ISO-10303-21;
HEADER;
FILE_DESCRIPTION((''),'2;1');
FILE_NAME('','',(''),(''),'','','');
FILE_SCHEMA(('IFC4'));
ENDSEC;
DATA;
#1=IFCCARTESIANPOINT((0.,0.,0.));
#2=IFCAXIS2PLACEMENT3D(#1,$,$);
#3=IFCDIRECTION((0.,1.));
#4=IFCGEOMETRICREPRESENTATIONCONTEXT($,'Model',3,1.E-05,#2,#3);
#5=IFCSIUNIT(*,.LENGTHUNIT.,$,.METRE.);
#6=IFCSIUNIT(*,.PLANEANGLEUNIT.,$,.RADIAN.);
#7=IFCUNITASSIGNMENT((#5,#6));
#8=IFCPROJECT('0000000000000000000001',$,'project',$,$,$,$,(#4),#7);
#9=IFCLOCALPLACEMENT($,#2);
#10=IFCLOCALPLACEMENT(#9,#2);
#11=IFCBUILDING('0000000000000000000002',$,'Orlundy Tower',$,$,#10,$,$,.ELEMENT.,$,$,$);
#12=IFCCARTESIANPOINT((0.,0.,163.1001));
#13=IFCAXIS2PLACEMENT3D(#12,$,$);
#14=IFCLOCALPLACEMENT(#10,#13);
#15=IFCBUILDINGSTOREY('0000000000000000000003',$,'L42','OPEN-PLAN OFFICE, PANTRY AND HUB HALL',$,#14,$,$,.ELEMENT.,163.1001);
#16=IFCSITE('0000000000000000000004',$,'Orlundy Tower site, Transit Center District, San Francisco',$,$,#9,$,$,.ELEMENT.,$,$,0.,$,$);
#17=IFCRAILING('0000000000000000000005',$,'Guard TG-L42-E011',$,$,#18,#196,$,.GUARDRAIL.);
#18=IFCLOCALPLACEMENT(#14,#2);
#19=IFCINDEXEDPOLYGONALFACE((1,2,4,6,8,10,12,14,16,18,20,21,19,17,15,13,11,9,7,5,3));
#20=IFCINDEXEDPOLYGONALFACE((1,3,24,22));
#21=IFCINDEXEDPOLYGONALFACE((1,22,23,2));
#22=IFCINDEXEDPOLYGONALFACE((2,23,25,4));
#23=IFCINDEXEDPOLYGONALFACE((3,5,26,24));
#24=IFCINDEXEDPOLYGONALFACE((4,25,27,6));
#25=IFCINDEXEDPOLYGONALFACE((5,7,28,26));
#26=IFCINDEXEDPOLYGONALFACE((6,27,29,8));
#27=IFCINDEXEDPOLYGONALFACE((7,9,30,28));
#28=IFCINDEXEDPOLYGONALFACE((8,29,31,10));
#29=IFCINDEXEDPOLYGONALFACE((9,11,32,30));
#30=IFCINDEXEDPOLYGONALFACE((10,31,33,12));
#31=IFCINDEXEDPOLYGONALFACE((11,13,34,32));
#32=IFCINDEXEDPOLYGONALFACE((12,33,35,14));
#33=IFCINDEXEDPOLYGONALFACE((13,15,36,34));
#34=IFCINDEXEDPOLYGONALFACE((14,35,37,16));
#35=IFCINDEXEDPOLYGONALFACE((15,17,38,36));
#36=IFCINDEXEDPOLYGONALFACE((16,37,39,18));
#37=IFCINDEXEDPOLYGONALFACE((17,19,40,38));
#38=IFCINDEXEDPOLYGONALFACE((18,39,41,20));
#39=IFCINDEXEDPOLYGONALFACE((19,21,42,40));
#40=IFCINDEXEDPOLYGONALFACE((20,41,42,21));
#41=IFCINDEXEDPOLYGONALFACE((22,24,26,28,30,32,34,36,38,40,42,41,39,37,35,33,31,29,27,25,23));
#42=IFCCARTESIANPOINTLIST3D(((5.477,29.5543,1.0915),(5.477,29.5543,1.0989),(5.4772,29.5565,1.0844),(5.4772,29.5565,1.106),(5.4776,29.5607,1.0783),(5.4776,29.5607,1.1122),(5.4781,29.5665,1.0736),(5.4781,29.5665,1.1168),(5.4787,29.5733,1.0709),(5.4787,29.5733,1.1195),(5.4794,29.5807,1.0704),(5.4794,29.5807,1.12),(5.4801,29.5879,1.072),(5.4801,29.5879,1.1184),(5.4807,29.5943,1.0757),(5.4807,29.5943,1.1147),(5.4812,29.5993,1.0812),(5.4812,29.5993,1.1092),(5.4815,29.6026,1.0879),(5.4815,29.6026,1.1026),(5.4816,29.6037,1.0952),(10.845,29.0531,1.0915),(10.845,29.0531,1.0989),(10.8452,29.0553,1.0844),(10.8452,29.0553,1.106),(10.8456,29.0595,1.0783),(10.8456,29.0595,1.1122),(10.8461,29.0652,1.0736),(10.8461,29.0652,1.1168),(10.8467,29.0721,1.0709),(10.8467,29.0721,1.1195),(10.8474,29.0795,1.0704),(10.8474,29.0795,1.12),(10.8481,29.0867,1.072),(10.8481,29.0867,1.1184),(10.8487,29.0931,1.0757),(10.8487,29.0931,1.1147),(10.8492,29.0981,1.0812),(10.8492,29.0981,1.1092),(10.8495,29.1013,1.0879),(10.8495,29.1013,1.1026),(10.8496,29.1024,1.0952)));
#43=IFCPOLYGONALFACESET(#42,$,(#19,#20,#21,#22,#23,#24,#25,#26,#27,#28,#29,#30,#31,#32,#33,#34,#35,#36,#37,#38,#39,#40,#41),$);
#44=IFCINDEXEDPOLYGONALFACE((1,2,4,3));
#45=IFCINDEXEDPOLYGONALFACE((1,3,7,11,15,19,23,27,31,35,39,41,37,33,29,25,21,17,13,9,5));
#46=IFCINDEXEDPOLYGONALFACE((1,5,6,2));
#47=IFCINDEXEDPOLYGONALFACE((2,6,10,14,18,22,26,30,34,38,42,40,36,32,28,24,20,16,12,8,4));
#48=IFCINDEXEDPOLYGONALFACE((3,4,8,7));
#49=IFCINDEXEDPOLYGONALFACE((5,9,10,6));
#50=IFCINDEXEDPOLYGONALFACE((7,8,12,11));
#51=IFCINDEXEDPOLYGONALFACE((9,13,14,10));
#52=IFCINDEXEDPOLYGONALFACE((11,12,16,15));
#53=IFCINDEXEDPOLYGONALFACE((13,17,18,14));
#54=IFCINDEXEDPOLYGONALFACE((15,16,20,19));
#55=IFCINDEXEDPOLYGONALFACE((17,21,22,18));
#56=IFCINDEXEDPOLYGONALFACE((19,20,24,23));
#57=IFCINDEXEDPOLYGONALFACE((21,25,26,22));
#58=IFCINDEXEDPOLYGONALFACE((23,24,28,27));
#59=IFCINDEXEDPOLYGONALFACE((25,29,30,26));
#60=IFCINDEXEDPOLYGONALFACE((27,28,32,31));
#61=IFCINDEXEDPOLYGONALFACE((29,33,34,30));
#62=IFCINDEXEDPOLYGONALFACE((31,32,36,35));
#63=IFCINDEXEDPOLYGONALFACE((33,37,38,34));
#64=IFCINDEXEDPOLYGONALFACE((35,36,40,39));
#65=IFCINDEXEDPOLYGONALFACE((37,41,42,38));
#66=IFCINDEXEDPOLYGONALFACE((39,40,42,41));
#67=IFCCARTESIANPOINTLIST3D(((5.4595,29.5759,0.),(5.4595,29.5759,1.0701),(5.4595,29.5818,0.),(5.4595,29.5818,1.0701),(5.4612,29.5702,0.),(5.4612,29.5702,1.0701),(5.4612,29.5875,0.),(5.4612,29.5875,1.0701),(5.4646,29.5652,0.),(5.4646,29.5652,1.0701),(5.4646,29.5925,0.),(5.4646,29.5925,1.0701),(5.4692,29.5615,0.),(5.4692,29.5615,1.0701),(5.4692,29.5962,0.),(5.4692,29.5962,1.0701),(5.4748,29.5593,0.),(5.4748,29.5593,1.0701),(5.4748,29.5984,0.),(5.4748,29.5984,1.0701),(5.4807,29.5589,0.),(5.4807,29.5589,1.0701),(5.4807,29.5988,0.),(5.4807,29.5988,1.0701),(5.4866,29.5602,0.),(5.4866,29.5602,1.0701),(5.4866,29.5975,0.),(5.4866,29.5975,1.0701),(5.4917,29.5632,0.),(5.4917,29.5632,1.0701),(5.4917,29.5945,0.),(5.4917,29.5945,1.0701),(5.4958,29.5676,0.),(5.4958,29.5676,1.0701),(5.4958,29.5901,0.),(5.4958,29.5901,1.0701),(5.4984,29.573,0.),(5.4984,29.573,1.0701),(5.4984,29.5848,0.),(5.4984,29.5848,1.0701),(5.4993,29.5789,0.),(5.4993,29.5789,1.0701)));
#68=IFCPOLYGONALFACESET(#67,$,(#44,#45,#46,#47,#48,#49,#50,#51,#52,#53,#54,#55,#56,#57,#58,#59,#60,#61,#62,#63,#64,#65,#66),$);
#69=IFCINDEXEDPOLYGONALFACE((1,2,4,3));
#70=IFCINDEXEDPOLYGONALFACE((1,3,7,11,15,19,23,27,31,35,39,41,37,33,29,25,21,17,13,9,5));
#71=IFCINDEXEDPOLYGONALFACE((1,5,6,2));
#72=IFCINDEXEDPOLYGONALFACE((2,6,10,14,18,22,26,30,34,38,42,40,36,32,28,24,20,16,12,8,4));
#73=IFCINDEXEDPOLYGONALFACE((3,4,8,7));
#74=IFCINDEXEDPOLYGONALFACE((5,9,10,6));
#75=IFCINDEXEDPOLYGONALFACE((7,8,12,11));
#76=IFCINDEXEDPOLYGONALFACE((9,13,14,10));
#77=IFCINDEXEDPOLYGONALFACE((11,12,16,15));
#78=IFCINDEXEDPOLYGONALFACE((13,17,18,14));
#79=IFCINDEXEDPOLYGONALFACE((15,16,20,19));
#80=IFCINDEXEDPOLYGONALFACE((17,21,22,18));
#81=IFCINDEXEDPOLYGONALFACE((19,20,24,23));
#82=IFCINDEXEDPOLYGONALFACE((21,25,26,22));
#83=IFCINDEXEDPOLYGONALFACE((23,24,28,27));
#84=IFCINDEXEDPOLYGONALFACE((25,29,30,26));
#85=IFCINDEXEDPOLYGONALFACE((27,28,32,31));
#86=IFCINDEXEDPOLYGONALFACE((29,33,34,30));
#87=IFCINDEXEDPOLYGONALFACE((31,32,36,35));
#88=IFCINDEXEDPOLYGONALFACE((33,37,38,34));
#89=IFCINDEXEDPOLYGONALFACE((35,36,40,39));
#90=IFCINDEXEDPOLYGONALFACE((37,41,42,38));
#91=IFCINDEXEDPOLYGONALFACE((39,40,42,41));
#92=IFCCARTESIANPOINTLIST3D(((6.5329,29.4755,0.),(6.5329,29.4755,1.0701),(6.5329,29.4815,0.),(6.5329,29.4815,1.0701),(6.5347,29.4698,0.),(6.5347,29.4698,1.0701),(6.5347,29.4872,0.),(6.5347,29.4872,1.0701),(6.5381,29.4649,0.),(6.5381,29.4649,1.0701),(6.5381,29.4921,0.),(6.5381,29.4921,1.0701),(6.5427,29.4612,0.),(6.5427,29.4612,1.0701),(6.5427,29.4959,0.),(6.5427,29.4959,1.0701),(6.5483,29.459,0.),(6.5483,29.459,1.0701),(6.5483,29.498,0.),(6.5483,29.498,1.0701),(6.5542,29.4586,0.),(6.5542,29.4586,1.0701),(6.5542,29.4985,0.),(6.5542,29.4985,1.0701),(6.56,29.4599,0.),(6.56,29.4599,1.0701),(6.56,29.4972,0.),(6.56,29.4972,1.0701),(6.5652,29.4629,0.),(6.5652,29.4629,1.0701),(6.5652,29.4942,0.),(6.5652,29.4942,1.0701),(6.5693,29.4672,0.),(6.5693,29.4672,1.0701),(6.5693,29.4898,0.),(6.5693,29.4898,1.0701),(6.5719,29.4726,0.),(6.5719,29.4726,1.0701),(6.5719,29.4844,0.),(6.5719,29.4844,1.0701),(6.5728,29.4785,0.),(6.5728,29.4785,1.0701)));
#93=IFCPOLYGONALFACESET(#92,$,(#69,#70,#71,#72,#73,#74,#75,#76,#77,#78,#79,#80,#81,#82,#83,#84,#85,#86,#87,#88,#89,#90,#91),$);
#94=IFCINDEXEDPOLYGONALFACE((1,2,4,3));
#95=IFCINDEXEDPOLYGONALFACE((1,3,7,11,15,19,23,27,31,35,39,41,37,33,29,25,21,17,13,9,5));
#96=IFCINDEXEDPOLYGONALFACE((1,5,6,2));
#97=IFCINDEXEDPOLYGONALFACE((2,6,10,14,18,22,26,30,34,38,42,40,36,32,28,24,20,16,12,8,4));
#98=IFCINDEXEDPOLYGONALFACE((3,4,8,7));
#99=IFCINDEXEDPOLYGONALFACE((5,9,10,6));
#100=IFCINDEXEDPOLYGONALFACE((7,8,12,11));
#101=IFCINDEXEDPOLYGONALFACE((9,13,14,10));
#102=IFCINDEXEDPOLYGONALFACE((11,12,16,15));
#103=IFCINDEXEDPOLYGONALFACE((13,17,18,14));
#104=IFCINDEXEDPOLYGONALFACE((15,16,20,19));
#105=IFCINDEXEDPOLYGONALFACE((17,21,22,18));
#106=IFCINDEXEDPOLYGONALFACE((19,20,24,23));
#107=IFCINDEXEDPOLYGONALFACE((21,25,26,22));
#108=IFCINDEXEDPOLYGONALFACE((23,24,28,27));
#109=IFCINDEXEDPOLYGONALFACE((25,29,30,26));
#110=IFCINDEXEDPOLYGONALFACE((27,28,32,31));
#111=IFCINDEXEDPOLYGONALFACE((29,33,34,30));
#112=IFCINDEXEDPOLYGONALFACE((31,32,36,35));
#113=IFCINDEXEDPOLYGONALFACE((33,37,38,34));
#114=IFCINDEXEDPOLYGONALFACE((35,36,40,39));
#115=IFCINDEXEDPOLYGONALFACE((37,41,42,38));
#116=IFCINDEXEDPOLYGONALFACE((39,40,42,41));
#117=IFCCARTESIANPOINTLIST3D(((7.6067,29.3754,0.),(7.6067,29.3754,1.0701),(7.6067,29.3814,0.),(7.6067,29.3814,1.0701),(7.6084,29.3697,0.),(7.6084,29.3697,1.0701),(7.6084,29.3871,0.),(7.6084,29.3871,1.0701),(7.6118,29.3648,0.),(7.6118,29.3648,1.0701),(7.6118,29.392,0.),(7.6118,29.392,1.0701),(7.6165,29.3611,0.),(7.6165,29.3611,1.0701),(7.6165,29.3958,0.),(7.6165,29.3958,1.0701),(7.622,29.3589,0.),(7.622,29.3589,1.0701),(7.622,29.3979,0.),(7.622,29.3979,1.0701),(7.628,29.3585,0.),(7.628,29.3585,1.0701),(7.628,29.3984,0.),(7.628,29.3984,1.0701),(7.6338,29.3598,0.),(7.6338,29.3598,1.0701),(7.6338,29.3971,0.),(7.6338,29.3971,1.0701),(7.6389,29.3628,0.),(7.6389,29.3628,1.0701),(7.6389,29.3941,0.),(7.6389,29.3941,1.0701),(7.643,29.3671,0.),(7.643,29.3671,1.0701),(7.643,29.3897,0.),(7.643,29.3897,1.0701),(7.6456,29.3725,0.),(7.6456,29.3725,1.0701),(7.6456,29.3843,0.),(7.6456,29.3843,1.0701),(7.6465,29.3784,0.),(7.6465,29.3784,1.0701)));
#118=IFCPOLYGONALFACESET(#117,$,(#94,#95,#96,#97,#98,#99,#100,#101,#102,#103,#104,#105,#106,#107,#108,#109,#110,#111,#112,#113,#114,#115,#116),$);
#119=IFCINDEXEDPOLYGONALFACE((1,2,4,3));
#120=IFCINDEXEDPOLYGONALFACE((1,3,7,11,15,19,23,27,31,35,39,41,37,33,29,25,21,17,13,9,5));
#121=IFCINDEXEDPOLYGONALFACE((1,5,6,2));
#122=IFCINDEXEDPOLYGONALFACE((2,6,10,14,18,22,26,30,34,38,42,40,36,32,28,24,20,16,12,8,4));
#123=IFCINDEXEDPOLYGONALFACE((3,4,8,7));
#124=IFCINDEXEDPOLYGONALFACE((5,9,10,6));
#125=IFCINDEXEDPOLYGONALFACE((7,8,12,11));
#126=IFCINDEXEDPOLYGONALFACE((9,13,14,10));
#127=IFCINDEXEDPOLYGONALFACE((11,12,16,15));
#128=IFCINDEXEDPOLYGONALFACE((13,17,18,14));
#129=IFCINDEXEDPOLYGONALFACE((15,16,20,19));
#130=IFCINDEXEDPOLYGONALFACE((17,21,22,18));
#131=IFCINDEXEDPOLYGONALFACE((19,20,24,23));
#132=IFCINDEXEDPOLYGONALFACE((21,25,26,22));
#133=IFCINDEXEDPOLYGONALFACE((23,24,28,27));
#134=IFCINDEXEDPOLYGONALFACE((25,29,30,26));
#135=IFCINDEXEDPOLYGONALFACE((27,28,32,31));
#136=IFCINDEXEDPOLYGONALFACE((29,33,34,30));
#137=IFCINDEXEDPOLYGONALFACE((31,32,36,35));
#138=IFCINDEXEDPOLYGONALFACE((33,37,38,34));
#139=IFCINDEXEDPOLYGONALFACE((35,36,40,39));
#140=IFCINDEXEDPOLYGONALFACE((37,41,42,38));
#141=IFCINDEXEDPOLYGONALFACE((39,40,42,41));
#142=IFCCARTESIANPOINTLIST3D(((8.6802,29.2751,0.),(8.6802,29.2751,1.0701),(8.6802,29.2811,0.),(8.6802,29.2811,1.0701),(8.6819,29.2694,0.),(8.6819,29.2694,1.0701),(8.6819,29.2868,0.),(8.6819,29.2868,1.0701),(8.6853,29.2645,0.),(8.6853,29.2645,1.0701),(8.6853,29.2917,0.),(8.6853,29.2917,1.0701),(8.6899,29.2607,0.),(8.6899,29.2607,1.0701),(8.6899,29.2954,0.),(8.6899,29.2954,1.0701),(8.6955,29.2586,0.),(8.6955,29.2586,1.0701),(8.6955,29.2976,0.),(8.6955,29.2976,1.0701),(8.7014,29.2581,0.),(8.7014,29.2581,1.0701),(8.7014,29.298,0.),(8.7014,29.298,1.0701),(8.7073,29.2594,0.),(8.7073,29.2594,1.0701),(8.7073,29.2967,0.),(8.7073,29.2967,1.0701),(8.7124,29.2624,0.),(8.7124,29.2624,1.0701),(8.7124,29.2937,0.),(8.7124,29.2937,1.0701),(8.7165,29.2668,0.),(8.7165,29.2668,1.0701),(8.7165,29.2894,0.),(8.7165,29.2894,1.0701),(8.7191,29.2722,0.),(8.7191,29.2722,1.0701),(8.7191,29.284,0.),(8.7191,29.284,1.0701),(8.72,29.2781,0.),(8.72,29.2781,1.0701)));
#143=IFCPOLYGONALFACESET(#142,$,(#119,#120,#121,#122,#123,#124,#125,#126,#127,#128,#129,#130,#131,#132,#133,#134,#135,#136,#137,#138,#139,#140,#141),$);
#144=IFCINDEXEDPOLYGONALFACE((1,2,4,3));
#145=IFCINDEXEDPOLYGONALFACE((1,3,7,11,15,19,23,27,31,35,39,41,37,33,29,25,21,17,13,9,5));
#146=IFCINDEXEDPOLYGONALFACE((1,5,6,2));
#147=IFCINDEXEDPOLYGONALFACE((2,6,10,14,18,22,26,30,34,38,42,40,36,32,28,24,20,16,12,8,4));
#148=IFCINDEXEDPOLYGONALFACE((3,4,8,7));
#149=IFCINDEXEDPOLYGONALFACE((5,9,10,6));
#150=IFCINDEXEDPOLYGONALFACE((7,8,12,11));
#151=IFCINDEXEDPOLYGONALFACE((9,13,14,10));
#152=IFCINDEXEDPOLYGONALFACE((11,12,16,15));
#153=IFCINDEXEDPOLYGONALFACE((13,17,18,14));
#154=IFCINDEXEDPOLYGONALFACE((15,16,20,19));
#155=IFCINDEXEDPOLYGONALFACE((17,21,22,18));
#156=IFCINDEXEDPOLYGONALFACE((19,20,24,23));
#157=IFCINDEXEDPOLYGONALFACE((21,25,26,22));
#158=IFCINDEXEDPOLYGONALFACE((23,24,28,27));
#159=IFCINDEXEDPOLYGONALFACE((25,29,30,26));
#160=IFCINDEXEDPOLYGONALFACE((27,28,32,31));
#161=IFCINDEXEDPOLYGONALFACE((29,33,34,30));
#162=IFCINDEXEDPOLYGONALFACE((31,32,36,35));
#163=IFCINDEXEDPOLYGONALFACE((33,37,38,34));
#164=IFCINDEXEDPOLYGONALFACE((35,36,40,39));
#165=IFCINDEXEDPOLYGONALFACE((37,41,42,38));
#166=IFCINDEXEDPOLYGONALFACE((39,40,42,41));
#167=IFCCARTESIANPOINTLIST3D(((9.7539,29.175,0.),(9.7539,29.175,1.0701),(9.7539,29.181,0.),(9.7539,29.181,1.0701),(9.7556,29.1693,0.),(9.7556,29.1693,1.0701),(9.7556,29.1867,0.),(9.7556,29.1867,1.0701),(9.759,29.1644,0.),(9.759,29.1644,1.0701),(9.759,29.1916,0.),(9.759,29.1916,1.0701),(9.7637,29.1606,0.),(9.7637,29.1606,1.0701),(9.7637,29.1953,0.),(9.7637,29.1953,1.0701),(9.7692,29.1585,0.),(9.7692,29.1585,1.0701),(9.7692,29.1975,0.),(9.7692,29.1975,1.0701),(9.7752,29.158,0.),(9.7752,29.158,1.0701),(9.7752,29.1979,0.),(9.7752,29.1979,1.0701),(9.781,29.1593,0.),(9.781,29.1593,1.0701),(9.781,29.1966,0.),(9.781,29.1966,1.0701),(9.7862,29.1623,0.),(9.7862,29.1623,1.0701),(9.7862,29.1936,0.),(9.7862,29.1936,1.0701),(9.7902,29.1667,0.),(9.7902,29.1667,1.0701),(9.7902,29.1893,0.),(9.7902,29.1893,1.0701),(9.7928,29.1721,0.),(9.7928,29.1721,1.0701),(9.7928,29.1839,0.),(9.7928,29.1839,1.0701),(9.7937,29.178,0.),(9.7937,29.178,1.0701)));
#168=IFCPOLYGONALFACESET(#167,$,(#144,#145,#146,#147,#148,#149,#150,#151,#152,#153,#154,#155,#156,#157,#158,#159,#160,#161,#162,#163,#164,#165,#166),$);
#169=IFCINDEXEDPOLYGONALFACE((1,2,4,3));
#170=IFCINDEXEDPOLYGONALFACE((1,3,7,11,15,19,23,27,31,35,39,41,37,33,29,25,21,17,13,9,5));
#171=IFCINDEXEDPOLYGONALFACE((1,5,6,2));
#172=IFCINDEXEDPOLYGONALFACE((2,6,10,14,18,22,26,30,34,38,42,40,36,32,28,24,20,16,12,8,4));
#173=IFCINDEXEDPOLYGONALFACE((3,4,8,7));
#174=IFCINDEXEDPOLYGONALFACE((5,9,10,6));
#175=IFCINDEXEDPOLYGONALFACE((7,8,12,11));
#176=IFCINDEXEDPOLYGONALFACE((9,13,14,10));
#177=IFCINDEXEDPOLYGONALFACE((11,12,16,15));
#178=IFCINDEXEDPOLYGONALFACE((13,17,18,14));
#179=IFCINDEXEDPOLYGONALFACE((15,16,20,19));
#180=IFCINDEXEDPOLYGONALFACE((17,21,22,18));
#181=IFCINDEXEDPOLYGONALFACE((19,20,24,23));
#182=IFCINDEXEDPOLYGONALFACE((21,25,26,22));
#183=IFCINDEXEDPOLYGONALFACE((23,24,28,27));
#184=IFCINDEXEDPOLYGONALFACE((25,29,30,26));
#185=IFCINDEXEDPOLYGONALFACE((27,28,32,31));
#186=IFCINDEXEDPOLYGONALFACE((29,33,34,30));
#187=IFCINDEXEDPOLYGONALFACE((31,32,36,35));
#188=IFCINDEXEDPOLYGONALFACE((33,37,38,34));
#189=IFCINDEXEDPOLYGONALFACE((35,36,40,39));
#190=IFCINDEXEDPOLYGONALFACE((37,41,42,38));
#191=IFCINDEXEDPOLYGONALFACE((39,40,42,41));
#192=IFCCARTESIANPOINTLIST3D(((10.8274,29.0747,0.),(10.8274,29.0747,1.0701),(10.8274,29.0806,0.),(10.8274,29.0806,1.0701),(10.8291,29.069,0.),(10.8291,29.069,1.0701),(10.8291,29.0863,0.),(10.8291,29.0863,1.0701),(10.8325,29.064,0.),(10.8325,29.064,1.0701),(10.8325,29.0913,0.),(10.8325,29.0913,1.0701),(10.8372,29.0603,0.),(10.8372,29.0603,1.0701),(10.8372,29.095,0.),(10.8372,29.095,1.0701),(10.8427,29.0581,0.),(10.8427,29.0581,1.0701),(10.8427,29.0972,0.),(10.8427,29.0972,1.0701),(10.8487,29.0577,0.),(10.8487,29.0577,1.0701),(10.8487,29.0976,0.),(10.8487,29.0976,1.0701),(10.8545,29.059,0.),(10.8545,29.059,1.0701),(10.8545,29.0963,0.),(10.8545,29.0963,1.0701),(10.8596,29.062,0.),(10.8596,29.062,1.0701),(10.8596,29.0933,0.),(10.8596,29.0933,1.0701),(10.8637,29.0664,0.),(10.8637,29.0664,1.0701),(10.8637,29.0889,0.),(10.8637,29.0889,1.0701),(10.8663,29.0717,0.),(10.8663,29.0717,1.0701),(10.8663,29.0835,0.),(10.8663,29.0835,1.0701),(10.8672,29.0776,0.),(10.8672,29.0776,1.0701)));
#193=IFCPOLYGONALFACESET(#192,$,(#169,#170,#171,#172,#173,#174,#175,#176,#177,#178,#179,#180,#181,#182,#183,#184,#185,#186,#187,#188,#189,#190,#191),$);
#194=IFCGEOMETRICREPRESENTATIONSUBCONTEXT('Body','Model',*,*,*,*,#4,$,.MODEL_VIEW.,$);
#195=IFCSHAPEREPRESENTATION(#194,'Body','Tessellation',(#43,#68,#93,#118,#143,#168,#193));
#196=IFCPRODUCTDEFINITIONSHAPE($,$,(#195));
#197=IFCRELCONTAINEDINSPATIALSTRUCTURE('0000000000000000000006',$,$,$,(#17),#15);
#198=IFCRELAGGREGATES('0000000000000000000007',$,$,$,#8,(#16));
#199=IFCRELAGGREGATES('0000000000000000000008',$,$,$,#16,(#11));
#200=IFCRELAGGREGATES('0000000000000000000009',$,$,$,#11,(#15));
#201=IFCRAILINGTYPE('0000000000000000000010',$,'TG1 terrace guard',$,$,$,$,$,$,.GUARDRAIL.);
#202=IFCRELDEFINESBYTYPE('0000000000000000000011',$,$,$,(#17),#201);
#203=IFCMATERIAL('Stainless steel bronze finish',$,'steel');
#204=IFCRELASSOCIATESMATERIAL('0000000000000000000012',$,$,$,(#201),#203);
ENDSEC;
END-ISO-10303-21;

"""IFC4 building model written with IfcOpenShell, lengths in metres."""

from ifc_helpers import new_model, si_unit, direction, frame, origin, origin_2d, place, context, subcontext, project, spatial, circle, extrude, material, type_object, element, save


model = new_model("IFC4")

# Units and contexts
model_context = context("Model", 3, precision=1e-05, world=origin(), true_north=direction((0.0, 1.0)))
body_context = subcontext(model_context, "Body", "Model", "MODEL_VIEW")
ifc_project = project(units=[si_unit("LENGTHUNIT", "METRE"), si_unit("PLANEANGLEUNIT", "RADIAN")], contexts=[model_context])

# Site, building, storey
site_placement = place(None, origin())
site = spatial("IfcSite", under=ifc_project, at=site_placement, Name="Orlundy Tower site, Transit Center District, San Francisco", CompositionType="ELEMENT", RefElevation=0.0)
building_placement = place(site_placement, origin())
building = spatial("IfcBuilding", under=site, at=building_placement, Name="Orlundy Tower", CompositionType="ELEMENT")
storey_placement = place(building_placement, frame((0.0, 0.0, 163.1001)))
storey = spatial("IfcBuildingStorey", under=building, at=storey_placement, Name="L42", Description="OPEN-PLAN OFFICE, PANTRY AND HUB HALL", CompositionType="ELEMENT", Elevation=163.1001)

# Railing
ifc_material_1 = material(Name="Stainless steel bronze finish", Category="steel")
railing_type_1 = type_object("IfcRailingType", Name="TG1 terrace guard", PredefinedType="GUARDRAIL", material=ifc_material_1)
railing_1_placement = place(storey_placement, frame((5.4792, 29.5789, 0.0)))
element("IfcRailing", 1, at=railing_1_placement, inside=storey, type_object=railing_type_1, Name="Guard TG-L42-E011", PredefinedType="GUARDRAIL", context=body_context, shape_type="SweptSolid", body=[
    extrude(circle(Radius=0.0249, at=origin_2d()), frame((0.0, 0.0, 1.0952), z_axis=(0.995669, -0.092969, 0.0), x_axis=(0.092969, 0.995669, 0.0)), (0.0, 0.0, 1.0), 5.3914),
    extrude(circle(Radius=0.02, at=origin_2d()), origin(), (0.0, 0.0, 1.0), 1.0701),
    extrude(circle(Radius=0.02, at=origin_2d()), frame((1.0735, -0.1003, 0.0)), (0.0, 0.0, 1.0), 1.0701),
    extrude(circle(Radius=0.02, at=origin_2d()), frame((2.1472, -0.2004, 0.0)), (0.0, 0.0, 1.0), 1.0701),
    extrude(circle(Radius=0.02, at=origin_2d()), frame((3.2207, -0.3008, 0.0)), (0.0, 0.0, 1.0), 1.0701),
    extrude(circle(Radius=0.02, at=origin_2d()), frame((4.2944, -0.4009, 0.0)), (0.0, 0.0, 1.0), 1.0701),
    extrude(circle(Radius=0.02, at=origin_2d()), frame((5.3679, -0.5012, 0.0)), (0.0, 0.0, 1.0), 1.0701),
])

save(model, "model.ifc")
